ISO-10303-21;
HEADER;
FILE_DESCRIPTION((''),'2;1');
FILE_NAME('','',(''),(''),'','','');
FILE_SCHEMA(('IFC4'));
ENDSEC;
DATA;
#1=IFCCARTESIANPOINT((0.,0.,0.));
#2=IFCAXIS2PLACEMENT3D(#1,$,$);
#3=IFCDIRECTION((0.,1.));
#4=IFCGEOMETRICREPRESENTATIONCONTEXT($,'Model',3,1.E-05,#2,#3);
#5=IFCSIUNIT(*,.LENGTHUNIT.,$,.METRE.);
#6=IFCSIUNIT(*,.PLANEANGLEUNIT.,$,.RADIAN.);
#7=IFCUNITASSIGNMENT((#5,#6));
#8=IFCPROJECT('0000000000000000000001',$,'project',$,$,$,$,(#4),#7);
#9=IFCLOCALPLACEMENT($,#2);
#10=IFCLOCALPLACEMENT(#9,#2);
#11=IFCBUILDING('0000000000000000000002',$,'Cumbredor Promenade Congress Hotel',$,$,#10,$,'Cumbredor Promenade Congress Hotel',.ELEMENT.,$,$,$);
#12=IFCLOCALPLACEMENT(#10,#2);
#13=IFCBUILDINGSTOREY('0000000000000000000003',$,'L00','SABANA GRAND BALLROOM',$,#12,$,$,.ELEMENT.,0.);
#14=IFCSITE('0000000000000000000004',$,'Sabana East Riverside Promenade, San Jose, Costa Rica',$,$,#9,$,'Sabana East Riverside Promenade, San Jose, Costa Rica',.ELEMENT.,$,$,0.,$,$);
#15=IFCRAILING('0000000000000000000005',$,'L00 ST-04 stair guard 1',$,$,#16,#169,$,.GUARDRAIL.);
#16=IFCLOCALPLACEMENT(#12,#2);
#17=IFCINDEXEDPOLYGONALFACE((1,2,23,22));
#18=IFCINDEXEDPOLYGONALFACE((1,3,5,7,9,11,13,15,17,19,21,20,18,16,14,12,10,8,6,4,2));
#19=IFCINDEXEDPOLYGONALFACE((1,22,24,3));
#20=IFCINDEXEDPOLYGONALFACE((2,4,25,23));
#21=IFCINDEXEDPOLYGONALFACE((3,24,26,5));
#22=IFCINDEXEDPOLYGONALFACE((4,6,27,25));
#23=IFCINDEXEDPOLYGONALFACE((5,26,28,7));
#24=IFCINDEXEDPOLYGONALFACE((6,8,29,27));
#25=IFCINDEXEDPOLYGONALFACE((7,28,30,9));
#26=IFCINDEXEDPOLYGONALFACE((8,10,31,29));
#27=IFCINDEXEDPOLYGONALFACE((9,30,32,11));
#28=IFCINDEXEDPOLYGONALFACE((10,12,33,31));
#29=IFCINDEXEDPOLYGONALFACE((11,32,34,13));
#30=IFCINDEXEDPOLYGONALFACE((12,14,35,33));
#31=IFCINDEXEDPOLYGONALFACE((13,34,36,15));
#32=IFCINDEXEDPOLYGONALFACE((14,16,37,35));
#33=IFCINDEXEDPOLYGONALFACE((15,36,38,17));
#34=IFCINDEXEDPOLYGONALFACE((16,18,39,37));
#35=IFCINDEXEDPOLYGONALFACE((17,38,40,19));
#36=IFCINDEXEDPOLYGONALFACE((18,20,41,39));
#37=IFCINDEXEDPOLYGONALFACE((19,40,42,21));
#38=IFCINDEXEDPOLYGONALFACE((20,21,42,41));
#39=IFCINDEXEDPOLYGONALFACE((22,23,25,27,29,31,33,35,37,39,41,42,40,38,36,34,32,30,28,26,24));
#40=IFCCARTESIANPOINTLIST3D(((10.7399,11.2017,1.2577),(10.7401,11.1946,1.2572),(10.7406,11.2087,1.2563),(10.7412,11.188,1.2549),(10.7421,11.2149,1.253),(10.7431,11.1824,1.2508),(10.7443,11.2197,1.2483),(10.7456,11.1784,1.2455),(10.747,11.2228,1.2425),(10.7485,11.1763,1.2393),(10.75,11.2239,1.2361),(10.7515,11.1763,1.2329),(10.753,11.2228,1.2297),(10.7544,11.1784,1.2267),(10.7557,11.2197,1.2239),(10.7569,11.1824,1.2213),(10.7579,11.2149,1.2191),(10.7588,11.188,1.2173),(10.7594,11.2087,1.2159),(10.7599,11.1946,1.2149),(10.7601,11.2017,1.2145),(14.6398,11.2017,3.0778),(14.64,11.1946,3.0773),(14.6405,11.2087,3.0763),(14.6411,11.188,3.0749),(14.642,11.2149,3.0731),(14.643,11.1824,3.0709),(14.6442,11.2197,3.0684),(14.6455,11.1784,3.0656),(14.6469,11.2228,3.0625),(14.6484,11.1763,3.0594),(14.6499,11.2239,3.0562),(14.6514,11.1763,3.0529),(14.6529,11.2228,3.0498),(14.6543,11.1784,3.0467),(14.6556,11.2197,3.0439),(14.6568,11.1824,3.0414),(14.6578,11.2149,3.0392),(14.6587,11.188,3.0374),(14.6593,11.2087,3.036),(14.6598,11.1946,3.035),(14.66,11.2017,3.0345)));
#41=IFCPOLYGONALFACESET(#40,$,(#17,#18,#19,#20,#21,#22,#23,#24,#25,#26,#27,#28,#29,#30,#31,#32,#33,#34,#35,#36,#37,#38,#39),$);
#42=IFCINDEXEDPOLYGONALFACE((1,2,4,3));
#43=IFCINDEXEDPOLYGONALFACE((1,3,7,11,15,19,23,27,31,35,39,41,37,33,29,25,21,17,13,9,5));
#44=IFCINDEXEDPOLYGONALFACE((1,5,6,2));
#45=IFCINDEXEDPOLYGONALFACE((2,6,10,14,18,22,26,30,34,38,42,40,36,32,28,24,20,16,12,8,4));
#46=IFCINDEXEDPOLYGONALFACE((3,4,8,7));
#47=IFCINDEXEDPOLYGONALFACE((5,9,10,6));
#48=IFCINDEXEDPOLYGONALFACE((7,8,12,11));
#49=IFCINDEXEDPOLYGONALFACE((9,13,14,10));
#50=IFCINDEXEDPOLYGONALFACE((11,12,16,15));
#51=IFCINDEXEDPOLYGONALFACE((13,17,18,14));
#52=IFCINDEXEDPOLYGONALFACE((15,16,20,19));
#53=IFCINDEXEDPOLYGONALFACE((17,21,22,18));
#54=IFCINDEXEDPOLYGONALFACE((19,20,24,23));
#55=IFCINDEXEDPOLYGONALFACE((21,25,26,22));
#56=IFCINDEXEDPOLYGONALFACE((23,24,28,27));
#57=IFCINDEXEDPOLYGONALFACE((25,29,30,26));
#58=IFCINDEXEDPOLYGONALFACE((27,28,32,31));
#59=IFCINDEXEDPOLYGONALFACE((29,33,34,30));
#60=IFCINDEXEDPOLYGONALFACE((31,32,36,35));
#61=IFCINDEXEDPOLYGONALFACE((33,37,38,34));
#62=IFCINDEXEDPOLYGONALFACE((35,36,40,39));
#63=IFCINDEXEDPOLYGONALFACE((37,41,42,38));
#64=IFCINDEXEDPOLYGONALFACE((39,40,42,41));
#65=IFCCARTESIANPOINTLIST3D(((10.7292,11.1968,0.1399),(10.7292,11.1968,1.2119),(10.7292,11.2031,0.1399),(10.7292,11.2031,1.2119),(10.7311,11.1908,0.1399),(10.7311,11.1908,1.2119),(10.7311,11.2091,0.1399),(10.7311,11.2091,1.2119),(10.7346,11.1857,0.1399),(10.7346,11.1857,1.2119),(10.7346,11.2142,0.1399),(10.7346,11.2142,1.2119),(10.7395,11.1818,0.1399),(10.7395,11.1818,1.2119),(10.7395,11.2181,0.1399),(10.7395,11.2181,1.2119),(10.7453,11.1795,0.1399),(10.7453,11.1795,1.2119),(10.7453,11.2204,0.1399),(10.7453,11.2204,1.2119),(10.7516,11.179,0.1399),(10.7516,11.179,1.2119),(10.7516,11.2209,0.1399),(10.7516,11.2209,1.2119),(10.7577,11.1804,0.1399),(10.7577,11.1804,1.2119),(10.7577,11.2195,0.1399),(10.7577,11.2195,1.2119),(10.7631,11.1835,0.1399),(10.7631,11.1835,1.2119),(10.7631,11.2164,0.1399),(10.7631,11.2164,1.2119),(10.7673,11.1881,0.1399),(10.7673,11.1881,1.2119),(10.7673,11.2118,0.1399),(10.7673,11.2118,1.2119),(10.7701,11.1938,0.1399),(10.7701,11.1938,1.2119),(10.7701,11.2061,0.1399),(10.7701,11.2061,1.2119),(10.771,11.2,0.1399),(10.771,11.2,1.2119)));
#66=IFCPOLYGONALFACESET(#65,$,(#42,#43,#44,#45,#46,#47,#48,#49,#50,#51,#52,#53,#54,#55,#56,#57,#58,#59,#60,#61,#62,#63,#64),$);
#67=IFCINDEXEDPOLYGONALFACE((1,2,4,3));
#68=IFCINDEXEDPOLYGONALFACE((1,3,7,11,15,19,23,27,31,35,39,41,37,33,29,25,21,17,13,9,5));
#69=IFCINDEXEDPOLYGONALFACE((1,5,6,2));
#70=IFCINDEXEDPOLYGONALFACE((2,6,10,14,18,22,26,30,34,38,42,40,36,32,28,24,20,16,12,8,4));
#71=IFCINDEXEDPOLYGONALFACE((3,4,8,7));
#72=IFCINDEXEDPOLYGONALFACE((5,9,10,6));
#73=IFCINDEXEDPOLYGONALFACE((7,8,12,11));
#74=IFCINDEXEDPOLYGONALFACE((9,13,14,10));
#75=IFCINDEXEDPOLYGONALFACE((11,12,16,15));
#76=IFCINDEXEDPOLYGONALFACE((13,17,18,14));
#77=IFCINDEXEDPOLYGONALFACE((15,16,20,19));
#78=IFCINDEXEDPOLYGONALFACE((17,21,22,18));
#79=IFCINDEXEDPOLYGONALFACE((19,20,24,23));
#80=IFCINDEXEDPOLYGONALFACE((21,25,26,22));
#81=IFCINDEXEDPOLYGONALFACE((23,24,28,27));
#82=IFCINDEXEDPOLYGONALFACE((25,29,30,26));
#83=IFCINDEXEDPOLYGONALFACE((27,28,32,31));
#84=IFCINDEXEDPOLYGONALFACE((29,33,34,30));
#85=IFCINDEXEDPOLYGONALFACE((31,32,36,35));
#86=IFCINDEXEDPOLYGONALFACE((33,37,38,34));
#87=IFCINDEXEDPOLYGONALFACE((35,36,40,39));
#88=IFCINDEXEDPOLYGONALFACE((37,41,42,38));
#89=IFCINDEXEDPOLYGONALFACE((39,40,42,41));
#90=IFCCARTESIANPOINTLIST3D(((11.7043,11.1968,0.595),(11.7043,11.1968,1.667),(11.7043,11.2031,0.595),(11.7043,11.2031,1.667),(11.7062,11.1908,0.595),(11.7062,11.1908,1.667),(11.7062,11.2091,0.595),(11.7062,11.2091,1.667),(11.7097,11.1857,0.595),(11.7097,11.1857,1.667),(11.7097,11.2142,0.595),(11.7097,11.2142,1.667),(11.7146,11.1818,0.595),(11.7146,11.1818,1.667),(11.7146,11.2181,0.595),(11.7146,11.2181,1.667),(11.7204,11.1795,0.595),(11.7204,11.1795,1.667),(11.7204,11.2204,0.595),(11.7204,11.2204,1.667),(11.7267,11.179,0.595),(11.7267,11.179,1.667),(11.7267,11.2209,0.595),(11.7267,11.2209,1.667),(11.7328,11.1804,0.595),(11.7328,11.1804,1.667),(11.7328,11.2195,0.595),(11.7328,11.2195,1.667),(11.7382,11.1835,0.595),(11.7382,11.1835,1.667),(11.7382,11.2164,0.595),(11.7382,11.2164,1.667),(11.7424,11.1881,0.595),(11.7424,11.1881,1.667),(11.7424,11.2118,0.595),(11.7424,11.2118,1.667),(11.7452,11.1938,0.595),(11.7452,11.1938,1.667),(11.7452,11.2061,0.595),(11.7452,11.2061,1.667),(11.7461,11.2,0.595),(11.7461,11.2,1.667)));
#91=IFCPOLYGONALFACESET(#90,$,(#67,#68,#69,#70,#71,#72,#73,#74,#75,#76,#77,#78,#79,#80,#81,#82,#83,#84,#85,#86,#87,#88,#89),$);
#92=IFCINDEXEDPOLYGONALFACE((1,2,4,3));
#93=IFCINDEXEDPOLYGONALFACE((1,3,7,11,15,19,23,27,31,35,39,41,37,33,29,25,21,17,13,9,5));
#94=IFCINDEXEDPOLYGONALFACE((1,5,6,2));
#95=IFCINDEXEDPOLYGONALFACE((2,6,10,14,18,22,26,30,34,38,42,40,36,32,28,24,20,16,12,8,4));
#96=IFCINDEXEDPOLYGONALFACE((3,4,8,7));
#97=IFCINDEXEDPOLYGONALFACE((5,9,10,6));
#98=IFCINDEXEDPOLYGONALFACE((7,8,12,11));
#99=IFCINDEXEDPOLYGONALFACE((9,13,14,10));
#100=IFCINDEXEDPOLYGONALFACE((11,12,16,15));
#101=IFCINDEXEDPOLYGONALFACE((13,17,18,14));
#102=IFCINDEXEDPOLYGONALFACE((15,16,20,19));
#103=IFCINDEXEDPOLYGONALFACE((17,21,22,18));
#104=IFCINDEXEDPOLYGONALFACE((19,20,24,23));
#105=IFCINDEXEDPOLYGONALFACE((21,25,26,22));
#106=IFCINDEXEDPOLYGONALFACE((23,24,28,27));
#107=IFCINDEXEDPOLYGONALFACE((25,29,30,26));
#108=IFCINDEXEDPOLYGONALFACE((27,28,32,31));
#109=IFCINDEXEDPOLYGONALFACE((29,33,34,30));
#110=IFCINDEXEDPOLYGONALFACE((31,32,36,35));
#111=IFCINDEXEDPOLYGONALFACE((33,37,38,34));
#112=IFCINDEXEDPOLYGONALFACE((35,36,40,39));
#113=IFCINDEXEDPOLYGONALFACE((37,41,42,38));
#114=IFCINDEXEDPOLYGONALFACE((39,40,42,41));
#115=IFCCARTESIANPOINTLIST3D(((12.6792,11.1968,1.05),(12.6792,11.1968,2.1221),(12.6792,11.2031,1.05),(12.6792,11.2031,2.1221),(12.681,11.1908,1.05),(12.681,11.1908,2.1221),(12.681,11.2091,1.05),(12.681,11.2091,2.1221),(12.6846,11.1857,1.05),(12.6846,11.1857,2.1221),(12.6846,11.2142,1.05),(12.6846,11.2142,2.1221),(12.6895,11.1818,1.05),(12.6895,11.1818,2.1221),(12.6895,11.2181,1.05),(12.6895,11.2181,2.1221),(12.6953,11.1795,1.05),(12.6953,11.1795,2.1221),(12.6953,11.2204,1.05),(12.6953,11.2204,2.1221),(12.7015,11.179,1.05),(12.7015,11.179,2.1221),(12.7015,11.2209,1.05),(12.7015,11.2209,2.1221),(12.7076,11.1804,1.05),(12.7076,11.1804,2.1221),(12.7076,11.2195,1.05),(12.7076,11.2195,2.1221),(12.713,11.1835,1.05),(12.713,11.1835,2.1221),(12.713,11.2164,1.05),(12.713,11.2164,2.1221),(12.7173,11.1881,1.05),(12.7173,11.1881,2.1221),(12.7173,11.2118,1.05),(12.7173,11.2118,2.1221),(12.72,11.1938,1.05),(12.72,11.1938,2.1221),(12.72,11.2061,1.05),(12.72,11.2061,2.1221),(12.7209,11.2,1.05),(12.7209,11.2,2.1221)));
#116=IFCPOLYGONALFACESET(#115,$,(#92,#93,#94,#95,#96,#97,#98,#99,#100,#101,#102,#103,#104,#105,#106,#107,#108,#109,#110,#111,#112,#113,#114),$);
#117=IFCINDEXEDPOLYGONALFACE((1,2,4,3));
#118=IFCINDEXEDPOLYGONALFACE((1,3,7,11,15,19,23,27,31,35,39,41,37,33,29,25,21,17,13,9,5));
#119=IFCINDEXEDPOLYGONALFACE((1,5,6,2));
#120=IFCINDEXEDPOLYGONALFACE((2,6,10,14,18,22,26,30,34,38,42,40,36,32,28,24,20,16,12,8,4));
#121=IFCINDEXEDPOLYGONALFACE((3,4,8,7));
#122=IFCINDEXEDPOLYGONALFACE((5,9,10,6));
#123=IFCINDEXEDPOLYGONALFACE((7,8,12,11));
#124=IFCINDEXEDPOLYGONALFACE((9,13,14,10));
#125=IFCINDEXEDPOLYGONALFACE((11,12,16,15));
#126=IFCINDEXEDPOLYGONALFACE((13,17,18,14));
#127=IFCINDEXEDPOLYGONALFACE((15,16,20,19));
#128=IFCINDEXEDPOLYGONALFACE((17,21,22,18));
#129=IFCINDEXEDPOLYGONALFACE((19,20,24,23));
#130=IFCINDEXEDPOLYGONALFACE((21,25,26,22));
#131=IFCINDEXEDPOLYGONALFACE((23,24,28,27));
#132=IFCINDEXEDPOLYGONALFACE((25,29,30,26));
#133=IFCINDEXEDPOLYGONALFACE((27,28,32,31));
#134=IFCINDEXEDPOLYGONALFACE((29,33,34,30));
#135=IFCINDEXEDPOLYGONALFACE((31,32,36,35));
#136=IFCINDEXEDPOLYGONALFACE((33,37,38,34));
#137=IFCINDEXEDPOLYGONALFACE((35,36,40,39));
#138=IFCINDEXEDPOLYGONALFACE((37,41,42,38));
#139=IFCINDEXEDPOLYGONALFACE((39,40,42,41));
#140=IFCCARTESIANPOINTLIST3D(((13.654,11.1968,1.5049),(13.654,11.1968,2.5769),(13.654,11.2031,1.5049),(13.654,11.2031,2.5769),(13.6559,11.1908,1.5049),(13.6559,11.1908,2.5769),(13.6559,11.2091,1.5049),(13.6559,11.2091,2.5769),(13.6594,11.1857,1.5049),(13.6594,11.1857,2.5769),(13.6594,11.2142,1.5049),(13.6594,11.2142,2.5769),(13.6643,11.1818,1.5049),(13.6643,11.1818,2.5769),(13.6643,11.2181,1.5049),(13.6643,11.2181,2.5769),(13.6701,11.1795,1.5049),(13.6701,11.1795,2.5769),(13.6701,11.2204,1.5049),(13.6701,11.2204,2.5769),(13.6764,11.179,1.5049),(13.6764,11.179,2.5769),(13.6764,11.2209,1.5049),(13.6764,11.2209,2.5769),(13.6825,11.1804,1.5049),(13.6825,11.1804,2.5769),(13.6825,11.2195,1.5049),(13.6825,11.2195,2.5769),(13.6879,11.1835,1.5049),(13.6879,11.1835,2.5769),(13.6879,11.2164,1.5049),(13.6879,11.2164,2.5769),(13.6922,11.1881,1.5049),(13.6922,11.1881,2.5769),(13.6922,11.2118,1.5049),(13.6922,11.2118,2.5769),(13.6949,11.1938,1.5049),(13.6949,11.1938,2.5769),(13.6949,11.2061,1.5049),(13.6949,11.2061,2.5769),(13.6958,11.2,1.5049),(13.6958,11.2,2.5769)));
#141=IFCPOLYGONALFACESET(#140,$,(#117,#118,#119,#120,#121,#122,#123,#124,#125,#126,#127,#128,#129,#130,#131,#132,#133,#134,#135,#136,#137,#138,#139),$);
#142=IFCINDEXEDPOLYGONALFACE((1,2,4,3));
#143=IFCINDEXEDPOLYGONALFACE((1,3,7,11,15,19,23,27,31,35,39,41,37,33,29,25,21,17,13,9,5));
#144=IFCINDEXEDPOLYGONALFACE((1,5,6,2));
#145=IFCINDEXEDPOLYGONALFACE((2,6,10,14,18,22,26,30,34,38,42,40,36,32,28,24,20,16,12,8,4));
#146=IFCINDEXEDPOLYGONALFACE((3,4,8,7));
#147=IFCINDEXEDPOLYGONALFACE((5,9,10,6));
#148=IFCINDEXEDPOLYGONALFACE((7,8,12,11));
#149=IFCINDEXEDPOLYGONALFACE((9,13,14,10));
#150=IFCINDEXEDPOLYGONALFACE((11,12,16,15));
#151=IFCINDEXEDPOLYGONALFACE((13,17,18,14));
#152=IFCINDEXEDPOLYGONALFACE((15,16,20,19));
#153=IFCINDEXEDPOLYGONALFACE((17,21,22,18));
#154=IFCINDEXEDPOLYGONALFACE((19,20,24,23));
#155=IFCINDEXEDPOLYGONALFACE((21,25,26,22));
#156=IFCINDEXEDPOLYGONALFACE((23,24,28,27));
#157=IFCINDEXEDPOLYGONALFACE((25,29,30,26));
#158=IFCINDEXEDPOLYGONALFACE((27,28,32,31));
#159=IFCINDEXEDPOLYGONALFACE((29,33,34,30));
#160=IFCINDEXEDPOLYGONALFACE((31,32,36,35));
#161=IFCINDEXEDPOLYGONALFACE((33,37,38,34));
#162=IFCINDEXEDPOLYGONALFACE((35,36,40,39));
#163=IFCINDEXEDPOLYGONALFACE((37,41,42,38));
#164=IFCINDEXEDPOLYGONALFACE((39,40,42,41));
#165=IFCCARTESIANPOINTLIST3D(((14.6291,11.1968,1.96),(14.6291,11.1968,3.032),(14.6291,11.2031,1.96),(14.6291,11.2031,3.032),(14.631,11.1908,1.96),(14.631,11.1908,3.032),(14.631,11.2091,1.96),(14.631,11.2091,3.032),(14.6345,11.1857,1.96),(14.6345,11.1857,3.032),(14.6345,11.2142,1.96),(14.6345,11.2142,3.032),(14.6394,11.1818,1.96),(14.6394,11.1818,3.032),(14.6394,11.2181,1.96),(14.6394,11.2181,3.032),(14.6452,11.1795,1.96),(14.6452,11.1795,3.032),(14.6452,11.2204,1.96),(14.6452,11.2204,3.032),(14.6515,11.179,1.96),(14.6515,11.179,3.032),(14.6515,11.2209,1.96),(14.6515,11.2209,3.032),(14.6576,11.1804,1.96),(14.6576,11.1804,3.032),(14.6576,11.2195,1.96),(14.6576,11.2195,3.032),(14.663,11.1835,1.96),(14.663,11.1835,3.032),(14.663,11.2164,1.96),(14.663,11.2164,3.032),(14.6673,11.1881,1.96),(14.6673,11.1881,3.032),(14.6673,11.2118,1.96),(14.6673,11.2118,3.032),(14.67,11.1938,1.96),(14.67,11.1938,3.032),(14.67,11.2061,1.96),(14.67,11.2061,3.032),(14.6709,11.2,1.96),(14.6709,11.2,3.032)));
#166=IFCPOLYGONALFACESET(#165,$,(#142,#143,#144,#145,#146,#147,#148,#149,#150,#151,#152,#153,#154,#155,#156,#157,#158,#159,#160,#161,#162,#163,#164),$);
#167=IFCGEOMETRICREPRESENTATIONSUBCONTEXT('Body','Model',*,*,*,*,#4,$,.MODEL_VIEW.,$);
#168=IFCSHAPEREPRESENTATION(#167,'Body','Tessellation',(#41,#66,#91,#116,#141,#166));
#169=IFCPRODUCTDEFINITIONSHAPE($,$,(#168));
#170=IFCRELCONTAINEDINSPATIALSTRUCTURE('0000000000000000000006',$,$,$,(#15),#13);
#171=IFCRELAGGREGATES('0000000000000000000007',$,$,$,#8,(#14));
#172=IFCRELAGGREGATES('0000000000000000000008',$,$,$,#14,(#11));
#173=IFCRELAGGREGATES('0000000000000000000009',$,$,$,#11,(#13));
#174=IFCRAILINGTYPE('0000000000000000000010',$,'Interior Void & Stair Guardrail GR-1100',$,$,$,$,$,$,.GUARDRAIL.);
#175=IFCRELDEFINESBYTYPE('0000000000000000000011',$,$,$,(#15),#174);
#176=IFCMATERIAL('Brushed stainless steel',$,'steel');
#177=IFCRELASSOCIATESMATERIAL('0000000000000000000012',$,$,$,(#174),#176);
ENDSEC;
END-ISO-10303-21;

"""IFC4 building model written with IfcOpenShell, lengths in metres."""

from ifc_helpers import new_model, si_unit, direction, frame, origin, origin_2d, place, context, subcontext, project, spatial, circle, extrude, material, type_object, element, save


model = new_model("IFC4")

# Units and contexts
model_context = context("Model", 3, precision=1e-05, world=origin(), true_north=direction((0.0, 1.0)))
body_context = subcontext(model_context, "Body", "Model", "MODEL_VIEW")
ifc_project = project(units=[si_unit("LENGTHUNIT", "METRE"), si_unit("PLANEANGLEUNIT", "RADIAN")], contexts=[model_context])

# Site, building, storey
site_placement = place(None, origin())
site = spatial("IfcSite", under=ifc_project, at=site_placement, Name="Sabana East Riverside Promenade, San Jose, Costa Rica", LongName="Sabana East Riverside Promenade, San Jose, Costa Rica", CompositionType="ELEMENT", RefElevation=0.0)
building_placement = place(site_placement, origin())
building = spatial("IfcBuilding", under=site, at=building_placement, Name="Cumbredor Promenade Congress Hotel", LongName="Cumbredor Promenade Congress Hotel", CompositionType="ELEMENT")
storey_placement = place(building_placement, origin())
storey = spatial("IfcBuildingStorey", under=building, at=storey_placement, Name="L00", Description="SABANA GRAND BALLROOM", CompositionType="ELEMENT", Elevation=0.0)

# Railing
ifc_material_1 = material(Name="Brushed stainless steel", Category="steel")
railing_type_1 = type_object("IfcRailingType", Name="Interior Void & Stair Guardrail GR-1100", PredefinedType="GUARDRAIL", material=ifc_material_1)
railing_1_placement = place(storey_placement, frame((10.75, 11.2, 0.1399)))
element("IfcRailing", 1, at=railing_1_placement, inside=storey, type_object=railing_type_1, Name="L00 ST-04 stair guard 1", PredefinedType="GUARDRAIL", context=body_context, shape_type="SweptSolid", body=[
    extrude(circle(Radius=0.0239, at=origin_2d()), frame((0.0, 0.0, 1.0962), z_axis=(0.906173, 0.0, 0.422907), x_axis=(0.0, 1.0, 0.0)), (0.0, 0.0, 1.0), 4.3037),
    extrude(circle(Radius=0.021, at=origin_2d()), origin(), (0.0, 0.0, 1.0), 1.072),
    extrude(circle(Radius=0.021, at=origin_2d()), frame((0.9751, 0.0, 0.4551)), (0.0, 0.0, 1.0), 1.072),
    extrude(circle(Radius=0.021, at=origin_2d()), frame((1.95, 0.0, 0.9102)), (0.0, 0.0, 1.0), 1.072),
    extrude(circle(Radius=0.021, at=origin_2d()), frame((2.9248, 0.0, 1.365)), (0.0, 0.0, 1.0), 1.072),
    extrude(circle(Radius=0.021, at=origin_2d()), frame((3.8999, 0.0, 1.8201)), (0.0, 0.0, 1.0), 1.072),
])

save(model, "model.ifc")
